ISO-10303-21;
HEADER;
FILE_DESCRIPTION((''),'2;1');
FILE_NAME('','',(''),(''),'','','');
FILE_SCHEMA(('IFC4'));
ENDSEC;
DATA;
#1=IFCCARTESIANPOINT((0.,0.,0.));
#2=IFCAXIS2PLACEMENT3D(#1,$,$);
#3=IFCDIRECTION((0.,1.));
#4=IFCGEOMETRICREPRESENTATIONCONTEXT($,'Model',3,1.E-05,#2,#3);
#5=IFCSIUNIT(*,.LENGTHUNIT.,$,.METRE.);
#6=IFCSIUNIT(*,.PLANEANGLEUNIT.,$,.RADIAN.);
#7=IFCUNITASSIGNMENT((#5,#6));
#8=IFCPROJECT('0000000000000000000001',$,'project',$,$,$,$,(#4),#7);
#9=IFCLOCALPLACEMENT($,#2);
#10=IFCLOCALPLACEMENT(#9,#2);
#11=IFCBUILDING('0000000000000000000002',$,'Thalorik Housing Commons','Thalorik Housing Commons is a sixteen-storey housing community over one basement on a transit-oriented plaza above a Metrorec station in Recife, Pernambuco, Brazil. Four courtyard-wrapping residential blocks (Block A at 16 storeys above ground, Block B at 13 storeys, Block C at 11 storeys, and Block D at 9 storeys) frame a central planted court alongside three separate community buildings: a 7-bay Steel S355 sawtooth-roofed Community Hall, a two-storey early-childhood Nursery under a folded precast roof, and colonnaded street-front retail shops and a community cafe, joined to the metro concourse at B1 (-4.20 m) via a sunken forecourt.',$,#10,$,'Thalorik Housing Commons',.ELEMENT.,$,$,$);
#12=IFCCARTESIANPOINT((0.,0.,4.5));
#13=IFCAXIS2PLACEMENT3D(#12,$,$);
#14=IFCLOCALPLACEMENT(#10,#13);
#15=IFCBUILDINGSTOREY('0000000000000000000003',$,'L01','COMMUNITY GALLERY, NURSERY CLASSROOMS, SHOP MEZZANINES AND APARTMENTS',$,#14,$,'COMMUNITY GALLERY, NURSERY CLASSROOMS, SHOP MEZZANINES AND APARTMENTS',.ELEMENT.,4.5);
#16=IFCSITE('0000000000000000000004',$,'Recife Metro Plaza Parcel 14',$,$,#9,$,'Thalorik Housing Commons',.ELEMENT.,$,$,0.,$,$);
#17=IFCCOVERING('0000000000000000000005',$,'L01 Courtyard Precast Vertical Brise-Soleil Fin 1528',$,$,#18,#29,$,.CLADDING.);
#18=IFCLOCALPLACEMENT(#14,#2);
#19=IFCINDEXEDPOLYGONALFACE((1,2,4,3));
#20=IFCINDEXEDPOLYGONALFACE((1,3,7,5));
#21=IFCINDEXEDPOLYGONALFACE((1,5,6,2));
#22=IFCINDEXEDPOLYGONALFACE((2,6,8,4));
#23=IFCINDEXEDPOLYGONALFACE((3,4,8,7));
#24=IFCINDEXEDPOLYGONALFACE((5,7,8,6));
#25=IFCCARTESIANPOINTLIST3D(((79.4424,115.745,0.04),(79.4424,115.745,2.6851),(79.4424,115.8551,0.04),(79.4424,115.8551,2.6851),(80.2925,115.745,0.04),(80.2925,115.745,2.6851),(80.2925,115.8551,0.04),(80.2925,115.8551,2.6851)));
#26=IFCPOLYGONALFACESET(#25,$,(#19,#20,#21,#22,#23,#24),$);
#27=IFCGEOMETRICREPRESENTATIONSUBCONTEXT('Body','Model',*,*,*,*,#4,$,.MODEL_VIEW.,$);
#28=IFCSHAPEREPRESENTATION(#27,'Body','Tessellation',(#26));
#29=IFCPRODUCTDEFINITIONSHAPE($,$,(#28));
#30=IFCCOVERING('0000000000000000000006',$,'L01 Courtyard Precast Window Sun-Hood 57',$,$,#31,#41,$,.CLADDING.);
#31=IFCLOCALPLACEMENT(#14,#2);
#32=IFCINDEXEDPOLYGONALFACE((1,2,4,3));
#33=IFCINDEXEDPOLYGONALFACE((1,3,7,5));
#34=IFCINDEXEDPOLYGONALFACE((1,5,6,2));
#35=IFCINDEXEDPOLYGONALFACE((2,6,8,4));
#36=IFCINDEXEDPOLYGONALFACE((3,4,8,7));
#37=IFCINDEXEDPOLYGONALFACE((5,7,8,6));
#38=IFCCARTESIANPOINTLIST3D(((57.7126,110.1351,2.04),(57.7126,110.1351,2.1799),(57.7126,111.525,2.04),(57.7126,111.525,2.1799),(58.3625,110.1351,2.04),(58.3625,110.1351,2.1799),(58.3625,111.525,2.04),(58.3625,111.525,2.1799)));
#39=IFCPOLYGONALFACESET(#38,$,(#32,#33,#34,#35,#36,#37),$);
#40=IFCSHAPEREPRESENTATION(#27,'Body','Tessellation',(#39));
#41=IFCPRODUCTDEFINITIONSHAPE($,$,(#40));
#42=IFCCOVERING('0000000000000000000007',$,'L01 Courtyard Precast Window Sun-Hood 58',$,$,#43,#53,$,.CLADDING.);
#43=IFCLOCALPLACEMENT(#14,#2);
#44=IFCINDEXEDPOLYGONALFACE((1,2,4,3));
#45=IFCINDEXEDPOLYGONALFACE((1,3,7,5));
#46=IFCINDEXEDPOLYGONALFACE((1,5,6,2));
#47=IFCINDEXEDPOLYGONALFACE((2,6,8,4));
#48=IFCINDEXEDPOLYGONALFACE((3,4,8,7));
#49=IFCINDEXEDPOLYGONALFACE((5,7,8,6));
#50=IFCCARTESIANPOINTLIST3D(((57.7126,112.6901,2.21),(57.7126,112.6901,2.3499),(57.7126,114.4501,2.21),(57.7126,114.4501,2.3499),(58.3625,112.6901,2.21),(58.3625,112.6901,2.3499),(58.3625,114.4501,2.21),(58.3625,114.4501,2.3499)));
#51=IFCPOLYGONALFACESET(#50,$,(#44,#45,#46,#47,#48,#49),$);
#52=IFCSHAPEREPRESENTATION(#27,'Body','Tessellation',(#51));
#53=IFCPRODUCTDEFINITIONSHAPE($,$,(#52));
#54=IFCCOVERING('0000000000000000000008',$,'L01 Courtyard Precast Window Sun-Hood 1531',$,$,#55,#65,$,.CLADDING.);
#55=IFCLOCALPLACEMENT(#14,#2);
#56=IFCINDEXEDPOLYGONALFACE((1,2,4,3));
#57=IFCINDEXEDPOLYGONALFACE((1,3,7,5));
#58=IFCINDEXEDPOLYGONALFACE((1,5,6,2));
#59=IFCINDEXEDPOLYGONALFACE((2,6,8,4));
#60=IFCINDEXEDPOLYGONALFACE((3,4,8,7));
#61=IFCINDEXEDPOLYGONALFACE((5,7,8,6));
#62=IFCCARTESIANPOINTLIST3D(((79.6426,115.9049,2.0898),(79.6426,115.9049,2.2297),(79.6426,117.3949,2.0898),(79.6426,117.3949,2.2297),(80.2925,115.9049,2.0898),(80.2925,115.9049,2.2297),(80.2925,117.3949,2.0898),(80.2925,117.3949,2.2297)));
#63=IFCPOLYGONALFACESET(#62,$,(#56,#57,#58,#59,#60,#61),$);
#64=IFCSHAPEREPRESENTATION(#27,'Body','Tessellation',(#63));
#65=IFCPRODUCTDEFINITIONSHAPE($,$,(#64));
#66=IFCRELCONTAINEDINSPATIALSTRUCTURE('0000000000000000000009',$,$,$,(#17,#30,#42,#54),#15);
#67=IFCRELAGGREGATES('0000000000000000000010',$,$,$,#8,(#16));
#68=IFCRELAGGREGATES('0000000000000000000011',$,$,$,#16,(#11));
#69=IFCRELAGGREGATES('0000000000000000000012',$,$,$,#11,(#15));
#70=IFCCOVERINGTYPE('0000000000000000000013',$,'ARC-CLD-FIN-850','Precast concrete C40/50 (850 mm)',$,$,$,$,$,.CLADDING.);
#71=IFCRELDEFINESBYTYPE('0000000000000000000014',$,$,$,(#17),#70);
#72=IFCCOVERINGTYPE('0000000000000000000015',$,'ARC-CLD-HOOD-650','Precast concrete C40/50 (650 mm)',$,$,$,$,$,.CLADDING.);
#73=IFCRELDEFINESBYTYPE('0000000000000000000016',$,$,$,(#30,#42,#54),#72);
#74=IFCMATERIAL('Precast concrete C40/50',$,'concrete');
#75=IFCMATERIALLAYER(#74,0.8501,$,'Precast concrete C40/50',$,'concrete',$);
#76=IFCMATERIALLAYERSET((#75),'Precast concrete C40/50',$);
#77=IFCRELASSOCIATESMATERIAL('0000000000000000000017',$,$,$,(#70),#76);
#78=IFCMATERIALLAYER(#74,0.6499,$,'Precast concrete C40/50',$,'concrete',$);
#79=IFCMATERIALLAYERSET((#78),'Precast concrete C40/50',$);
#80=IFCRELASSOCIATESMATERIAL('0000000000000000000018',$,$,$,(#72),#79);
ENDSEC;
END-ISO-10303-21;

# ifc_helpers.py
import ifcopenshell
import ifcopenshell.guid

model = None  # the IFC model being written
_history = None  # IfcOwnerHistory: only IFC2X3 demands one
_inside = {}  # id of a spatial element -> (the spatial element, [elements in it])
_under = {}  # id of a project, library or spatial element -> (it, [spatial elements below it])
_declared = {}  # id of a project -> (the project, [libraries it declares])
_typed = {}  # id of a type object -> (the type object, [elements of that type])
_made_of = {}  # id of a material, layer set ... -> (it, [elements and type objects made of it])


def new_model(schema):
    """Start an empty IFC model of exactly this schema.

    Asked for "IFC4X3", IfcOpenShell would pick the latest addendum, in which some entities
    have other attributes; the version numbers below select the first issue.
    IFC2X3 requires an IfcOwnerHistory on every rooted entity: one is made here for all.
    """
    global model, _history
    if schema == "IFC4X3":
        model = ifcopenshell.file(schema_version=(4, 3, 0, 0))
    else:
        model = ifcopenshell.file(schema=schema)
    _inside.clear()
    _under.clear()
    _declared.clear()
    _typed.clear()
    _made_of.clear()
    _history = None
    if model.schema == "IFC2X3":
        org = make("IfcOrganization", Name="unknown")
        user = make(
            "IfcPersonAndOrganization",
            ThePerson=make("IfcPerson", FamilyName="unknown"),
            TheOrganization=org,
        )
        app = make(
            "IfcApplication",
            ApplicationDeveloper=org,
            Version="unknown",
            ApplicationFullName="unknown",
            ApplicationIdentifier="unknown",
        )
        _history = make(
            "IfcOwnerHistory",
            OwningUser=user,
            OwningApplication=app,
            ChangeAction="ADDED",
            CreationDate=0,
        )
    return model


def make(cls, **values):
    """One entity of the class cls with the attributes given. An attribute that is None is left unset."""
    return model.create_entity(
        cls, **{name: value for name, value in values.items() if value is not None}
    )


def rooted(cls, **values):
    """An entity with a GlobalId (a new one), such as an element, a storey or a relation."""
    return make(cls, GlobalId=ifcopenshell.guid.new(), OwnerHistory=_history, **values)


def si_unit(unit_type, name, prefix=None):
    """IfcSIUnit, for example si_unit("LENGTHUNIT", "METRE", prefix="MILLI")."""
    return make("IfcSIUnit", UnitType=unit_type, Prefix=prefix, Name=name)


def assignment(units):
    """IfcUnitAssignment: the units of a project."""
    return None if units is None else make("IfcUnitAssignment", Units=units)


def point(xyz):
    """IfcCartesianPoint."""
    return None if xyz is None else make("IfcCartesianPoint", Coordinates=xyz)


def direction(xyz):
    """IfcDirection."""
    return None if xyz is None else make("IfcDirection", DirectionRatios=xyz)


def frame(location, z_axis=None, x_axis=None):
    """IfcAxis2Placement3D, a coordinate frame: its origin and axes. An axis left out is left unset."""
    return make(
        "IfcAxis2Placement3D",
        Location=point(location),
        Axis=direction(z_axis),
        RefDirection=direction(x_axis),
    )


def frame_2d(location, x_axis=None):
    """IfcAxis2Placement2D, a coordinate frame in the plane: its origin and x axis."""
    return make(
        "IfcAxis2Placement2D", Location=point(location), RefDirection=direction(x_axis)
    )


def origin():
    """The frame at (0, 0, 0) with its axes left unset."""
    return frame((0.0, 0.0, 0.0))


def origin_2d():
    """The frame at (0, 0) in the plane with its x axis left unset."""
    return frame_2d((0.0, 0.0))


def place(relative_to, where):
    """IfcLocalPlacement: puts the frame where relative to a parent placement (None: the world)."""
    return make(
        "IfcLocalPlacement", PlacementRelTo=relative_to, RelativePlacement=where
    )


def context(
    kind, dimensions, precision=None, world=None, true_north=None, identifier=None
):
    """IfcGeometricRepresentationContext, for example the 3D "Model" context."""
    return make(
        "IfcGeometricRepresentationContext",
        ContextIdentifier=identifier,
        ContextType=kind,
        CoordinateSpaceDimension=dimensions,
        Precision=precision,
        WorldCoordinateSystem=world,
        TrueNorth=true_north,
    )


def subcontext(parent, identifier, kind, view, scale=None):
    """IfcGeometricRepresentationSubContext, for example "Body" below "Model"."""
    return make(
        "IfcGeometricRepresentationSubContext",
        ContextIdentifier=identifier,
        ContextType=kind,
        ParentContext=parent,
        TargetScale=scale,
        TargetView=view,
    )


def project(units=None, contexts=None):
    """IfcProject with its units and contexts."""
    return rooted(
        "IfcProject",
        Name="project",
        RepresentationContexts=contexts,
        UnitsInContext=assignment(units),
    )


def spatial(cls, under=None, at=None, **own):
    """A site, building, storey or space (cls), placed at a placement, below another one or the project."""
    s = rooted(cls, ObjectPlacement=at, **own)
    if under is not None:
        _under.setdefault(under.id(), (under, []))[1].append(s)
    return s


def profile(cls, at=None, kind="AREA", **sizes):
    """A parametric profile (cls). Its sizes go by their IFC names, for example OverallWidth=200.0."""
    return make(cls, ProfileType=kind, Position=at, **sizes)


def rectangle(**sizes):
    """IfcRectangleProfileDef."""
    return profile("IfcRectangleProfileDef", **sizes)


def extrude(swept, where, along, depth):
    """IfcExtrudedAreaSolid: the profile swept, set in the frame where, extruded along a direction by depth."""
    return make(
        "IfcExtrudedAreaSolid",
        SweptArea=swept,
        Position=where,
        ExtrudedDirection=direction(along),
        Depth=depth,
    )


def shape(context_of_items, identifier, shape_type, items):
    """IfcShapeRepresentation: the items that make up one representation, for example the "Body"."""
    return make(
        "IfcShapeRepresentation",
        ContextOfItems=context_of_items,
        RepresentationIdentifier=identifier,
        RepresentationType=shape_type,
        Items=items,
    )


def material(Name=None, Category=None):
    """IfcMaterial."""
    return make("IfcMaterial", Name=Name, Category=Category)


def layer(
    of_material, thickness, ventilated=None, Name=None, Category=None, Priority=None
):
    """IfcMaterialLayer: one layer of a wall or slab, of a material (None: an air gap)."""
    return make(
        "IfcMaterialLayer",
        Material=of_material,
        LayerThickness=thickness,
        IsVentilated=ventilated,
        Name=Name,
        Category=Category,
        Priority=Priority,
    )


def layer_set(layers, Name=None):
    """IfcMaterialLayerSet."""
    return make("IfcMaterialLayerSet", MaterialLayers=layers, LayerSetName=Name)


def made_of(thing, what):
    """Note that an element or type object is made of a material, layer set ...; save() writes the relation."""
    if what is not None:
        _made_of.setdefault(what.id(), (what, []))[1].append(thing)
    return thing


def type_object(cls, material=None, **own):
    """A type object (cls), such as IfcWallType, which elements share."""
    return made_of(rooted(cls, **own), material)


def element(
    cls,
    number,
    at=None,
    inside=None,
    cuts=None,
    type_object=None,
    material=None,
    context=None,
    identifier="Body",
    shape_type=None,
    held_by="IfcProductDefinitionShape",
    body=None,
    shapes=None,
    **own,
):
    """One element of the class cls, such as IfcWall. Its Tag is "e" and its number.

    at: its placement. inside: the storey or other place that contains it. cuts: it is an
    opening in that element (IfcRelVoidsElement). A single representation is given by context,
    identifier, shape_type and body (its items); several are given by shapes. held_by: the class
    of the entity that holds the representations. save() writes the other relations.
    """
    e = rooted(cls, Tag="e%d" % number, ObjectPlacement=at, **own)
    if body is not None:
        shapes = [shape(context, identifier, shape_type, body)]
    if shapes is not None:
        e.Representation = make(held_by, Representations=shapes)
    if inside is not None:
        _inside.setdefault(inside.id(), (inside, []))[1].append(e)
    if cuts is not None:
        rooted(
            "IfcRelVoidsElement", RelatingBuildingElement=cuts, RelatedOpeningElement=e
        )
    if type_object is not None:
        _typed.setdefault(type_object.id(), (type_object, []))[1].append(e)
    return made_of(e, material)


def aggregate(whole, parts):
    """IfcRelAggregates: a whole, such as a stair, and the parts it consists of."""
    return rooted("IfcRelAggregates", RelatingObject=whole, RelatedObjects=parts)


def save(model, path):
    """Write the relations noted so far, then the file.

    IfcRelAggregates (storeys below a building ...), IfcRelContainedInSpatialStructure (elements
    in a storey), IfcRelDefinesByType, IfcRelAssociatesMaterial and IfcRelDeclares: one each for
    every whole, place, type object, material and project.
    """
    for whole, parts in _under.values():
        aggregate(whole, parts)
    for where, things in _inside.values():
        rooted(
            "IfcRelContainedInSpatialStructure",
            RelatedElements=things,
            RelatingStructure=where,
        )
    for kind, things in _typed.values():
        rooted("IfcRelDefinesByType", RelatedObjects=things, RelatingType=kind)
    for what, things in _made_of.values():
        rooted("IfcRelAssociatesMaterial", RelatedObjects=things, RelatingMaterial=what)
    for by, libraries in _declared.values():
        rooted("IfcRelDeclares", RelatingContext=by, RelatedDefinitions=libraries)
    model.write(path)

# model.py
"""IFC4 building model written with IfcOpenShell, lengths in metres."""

from ifc_helpers import new_model, si_unit, direction, frame, origin, origin_2d, place, context, subcontext, project, spatial, rectangle, extrude, material, layer, layer_set, type_object, element, save


model = new_model("IFC4")

# Units and contexts
model_context = context("Model", 3, precision=1e-05, world=origin(), true_north=direction((0.0, 1.0)))
body_context = subcontext(model_context, "Body", "Model", "MODEL_VIEW")
ifc_project = project(units=[si_unit("LENGTHUNIT", "METRE"), si_unit("PLANEANGLEUNIT", "RADIAN")], contexts=[model_context])

# Site, building, storey
site_placement = place(None, origin())
site = spatial("IfcSite", under=ifc_project, at=site_placement, Name="Recife Metro Plaza Parcel 14", LongName="Thalorik Housing Commons", CompositionType="ELEMENT", RefElevation=0.0)
building_placement = place(site_placement, origin())
building = spatial("IfcBuilding", under=site, at=building_placement, Name="Thalorik Housing Commons", Description="Thalorik Housing Commons is a sixteen-storey housing community over one basement on a transit-oriented plaza above a Metrorec station in Recife, Pernambuco, Brazil. Four courtyard-wrapping residential blocks (Block A at 16 storeys above ground, Block B at 13 storeys, Block C at 11 storeys, and Block D at 9 storeys) frame a central planted court alongside three separate community buildings: a 7-bay Steel S355 sawtooth-roofed Community Hall, a two-storey early-childhood Nursery under a folded precast roof, and colonnaded street-front retail shops and a community cafe, joined to the metro concourse at B1 (-4.20 m) via a sunken forecourt.", LongName="Thalorik Housing Commons", CompositionType="ELEMENT")
storey_placement = place(building_placement, frame((0.0, 0.0, 4.5)))
storey = spatial("IfcBuildingStorey", under=building, at=storey_placement, Name="L01", Description="COMMUNITY GALLERY, NURSERY CLASSROOMS, SHOP MEZZANINES AND APARTMENTS", LongName="COMMUNITY GALLERY, NURSERY CLASSROOMS, SHOP MEZZANINES AND APARTMENTS", CompositionType="ELEMENT", Elevation=4.5)

# Shared definitions
ifc_material_1 = material(Name="Precast concrete C40/50", Category="concrete")

# Coverings
ifc_layer_1 = layer(ifc_material_1, 0.8501, Name="Precast concrete C40/50", Category="concrete")
ifc_layer_set_1 = layer_set([ifc_layer_1], Name="Precast concrete C40/50")
covering_type_1 = type_object("IfcCoveringType", Name="ARC-CLD-FIN-850", Description="Precast concrete C40/50 (850 mm)", PredefinedType="CLADDING", material=ifc_layer_set_1)
for number, where, z_axis, x_axis, name in (
    (1, (79.8674, 115.8, 0.04), (0.0, 0.0, 1.0), (0.0, -1.0, 0.0), "L01 Courtyard Precast Vertical Brise-Soleil Fin 1528"),
):
    element("IfcCovering", number, at=place(storey_placement, frame(where, z_axis=z_axis, x_axis=x_axis)), inside=storey, type_object=covering_type_1, Name=name, PredefinedType="CLADDING", context=body_context, shape_type="SweptSolid", body=[
        extrude(rectangle(XDim=0.1101, YDim=0.8501, at=origin_2d()), origin(), (0.0, 0.0, 1.0), 2.645),
    ])
ifc_layer_2 = layer(ifc_material_1, 0.6499, Name="Precast concrete C40/50", Category="concrete")
ifc_layer_set_2 = layer_set([ifc_layer_2], Name="Precast concrete C40/50")
covering_type_2 = type_object("IfcCoveringType", Name="ARC-CLD-HOOD-650", Description="Precast concrete C40/50 (650 mm)", PredefinedType="CLADDING", material=ifc_layer_set_2)
covering_1_placement = place(storey_placement, frame((58.0376, 110.8301, 2.04), z_axis=(0.0, 0.0, 1.0), x_axis=(0.0, 1.0, 0.0)))
element("IfcCovering", 2, at=covering_1_placement, inside=storey, type_object=covering_type_2, Name="L01 Courtyard Precast Window Sun-Hood 57", PredefinedType="CLADDING", context=body_context, shape_type="SweptSolid", body=[
    extrude(rectangle(XDim=1.3899, YDim=0.6499, at=origin_2d()), origin(), (0.0, 0.0, 1.0), 0.1399),
])
covering_2_placement = place(storey_placement, frame((58.0376, 113.5701, 2.21), z_axis=(0.0, 0.0, 1.0), x_axis=(0.0, 1.0, 0.0)))
element("IfcCovering", 3, at=covering_2_placement, inside=storey, type_object=covering_type_2, Name="L01 Courtyard Precast Window Sun-Hood 58", PredefinedType="CLADDING", context=body_context, shape_type="SweptSolid", body=[
    extrude(rectangle(XDim=1.76, YDim=0.6499, at=origin_2d()), origin(), (0.0, 0.0, 1.0), 0.1399),
])
covering_3_placement = place(storey_placement, frame((79.9675, 116.6499, 2.0898), z_axis=(0.0, 0.0, 1.0), x_axis=(0.0, -1.0, 0.0)))
element("IfcCovering", 4, at=covering_3_placement, inside=storey, type_object=covering_type_2, Name="L01 Courtyard Precast Window Sun-Hood 1531", PredefinedType="CLADDING", context=body_context, shape_type="SweptSolid", body=[
    extrude(rectangle(XDim=1.49, YDim=0.6499, at=origin_2d()), origin(), (0.0, 0.0, 1.0), 0.1399),
])

save(model, "model.ifc")
